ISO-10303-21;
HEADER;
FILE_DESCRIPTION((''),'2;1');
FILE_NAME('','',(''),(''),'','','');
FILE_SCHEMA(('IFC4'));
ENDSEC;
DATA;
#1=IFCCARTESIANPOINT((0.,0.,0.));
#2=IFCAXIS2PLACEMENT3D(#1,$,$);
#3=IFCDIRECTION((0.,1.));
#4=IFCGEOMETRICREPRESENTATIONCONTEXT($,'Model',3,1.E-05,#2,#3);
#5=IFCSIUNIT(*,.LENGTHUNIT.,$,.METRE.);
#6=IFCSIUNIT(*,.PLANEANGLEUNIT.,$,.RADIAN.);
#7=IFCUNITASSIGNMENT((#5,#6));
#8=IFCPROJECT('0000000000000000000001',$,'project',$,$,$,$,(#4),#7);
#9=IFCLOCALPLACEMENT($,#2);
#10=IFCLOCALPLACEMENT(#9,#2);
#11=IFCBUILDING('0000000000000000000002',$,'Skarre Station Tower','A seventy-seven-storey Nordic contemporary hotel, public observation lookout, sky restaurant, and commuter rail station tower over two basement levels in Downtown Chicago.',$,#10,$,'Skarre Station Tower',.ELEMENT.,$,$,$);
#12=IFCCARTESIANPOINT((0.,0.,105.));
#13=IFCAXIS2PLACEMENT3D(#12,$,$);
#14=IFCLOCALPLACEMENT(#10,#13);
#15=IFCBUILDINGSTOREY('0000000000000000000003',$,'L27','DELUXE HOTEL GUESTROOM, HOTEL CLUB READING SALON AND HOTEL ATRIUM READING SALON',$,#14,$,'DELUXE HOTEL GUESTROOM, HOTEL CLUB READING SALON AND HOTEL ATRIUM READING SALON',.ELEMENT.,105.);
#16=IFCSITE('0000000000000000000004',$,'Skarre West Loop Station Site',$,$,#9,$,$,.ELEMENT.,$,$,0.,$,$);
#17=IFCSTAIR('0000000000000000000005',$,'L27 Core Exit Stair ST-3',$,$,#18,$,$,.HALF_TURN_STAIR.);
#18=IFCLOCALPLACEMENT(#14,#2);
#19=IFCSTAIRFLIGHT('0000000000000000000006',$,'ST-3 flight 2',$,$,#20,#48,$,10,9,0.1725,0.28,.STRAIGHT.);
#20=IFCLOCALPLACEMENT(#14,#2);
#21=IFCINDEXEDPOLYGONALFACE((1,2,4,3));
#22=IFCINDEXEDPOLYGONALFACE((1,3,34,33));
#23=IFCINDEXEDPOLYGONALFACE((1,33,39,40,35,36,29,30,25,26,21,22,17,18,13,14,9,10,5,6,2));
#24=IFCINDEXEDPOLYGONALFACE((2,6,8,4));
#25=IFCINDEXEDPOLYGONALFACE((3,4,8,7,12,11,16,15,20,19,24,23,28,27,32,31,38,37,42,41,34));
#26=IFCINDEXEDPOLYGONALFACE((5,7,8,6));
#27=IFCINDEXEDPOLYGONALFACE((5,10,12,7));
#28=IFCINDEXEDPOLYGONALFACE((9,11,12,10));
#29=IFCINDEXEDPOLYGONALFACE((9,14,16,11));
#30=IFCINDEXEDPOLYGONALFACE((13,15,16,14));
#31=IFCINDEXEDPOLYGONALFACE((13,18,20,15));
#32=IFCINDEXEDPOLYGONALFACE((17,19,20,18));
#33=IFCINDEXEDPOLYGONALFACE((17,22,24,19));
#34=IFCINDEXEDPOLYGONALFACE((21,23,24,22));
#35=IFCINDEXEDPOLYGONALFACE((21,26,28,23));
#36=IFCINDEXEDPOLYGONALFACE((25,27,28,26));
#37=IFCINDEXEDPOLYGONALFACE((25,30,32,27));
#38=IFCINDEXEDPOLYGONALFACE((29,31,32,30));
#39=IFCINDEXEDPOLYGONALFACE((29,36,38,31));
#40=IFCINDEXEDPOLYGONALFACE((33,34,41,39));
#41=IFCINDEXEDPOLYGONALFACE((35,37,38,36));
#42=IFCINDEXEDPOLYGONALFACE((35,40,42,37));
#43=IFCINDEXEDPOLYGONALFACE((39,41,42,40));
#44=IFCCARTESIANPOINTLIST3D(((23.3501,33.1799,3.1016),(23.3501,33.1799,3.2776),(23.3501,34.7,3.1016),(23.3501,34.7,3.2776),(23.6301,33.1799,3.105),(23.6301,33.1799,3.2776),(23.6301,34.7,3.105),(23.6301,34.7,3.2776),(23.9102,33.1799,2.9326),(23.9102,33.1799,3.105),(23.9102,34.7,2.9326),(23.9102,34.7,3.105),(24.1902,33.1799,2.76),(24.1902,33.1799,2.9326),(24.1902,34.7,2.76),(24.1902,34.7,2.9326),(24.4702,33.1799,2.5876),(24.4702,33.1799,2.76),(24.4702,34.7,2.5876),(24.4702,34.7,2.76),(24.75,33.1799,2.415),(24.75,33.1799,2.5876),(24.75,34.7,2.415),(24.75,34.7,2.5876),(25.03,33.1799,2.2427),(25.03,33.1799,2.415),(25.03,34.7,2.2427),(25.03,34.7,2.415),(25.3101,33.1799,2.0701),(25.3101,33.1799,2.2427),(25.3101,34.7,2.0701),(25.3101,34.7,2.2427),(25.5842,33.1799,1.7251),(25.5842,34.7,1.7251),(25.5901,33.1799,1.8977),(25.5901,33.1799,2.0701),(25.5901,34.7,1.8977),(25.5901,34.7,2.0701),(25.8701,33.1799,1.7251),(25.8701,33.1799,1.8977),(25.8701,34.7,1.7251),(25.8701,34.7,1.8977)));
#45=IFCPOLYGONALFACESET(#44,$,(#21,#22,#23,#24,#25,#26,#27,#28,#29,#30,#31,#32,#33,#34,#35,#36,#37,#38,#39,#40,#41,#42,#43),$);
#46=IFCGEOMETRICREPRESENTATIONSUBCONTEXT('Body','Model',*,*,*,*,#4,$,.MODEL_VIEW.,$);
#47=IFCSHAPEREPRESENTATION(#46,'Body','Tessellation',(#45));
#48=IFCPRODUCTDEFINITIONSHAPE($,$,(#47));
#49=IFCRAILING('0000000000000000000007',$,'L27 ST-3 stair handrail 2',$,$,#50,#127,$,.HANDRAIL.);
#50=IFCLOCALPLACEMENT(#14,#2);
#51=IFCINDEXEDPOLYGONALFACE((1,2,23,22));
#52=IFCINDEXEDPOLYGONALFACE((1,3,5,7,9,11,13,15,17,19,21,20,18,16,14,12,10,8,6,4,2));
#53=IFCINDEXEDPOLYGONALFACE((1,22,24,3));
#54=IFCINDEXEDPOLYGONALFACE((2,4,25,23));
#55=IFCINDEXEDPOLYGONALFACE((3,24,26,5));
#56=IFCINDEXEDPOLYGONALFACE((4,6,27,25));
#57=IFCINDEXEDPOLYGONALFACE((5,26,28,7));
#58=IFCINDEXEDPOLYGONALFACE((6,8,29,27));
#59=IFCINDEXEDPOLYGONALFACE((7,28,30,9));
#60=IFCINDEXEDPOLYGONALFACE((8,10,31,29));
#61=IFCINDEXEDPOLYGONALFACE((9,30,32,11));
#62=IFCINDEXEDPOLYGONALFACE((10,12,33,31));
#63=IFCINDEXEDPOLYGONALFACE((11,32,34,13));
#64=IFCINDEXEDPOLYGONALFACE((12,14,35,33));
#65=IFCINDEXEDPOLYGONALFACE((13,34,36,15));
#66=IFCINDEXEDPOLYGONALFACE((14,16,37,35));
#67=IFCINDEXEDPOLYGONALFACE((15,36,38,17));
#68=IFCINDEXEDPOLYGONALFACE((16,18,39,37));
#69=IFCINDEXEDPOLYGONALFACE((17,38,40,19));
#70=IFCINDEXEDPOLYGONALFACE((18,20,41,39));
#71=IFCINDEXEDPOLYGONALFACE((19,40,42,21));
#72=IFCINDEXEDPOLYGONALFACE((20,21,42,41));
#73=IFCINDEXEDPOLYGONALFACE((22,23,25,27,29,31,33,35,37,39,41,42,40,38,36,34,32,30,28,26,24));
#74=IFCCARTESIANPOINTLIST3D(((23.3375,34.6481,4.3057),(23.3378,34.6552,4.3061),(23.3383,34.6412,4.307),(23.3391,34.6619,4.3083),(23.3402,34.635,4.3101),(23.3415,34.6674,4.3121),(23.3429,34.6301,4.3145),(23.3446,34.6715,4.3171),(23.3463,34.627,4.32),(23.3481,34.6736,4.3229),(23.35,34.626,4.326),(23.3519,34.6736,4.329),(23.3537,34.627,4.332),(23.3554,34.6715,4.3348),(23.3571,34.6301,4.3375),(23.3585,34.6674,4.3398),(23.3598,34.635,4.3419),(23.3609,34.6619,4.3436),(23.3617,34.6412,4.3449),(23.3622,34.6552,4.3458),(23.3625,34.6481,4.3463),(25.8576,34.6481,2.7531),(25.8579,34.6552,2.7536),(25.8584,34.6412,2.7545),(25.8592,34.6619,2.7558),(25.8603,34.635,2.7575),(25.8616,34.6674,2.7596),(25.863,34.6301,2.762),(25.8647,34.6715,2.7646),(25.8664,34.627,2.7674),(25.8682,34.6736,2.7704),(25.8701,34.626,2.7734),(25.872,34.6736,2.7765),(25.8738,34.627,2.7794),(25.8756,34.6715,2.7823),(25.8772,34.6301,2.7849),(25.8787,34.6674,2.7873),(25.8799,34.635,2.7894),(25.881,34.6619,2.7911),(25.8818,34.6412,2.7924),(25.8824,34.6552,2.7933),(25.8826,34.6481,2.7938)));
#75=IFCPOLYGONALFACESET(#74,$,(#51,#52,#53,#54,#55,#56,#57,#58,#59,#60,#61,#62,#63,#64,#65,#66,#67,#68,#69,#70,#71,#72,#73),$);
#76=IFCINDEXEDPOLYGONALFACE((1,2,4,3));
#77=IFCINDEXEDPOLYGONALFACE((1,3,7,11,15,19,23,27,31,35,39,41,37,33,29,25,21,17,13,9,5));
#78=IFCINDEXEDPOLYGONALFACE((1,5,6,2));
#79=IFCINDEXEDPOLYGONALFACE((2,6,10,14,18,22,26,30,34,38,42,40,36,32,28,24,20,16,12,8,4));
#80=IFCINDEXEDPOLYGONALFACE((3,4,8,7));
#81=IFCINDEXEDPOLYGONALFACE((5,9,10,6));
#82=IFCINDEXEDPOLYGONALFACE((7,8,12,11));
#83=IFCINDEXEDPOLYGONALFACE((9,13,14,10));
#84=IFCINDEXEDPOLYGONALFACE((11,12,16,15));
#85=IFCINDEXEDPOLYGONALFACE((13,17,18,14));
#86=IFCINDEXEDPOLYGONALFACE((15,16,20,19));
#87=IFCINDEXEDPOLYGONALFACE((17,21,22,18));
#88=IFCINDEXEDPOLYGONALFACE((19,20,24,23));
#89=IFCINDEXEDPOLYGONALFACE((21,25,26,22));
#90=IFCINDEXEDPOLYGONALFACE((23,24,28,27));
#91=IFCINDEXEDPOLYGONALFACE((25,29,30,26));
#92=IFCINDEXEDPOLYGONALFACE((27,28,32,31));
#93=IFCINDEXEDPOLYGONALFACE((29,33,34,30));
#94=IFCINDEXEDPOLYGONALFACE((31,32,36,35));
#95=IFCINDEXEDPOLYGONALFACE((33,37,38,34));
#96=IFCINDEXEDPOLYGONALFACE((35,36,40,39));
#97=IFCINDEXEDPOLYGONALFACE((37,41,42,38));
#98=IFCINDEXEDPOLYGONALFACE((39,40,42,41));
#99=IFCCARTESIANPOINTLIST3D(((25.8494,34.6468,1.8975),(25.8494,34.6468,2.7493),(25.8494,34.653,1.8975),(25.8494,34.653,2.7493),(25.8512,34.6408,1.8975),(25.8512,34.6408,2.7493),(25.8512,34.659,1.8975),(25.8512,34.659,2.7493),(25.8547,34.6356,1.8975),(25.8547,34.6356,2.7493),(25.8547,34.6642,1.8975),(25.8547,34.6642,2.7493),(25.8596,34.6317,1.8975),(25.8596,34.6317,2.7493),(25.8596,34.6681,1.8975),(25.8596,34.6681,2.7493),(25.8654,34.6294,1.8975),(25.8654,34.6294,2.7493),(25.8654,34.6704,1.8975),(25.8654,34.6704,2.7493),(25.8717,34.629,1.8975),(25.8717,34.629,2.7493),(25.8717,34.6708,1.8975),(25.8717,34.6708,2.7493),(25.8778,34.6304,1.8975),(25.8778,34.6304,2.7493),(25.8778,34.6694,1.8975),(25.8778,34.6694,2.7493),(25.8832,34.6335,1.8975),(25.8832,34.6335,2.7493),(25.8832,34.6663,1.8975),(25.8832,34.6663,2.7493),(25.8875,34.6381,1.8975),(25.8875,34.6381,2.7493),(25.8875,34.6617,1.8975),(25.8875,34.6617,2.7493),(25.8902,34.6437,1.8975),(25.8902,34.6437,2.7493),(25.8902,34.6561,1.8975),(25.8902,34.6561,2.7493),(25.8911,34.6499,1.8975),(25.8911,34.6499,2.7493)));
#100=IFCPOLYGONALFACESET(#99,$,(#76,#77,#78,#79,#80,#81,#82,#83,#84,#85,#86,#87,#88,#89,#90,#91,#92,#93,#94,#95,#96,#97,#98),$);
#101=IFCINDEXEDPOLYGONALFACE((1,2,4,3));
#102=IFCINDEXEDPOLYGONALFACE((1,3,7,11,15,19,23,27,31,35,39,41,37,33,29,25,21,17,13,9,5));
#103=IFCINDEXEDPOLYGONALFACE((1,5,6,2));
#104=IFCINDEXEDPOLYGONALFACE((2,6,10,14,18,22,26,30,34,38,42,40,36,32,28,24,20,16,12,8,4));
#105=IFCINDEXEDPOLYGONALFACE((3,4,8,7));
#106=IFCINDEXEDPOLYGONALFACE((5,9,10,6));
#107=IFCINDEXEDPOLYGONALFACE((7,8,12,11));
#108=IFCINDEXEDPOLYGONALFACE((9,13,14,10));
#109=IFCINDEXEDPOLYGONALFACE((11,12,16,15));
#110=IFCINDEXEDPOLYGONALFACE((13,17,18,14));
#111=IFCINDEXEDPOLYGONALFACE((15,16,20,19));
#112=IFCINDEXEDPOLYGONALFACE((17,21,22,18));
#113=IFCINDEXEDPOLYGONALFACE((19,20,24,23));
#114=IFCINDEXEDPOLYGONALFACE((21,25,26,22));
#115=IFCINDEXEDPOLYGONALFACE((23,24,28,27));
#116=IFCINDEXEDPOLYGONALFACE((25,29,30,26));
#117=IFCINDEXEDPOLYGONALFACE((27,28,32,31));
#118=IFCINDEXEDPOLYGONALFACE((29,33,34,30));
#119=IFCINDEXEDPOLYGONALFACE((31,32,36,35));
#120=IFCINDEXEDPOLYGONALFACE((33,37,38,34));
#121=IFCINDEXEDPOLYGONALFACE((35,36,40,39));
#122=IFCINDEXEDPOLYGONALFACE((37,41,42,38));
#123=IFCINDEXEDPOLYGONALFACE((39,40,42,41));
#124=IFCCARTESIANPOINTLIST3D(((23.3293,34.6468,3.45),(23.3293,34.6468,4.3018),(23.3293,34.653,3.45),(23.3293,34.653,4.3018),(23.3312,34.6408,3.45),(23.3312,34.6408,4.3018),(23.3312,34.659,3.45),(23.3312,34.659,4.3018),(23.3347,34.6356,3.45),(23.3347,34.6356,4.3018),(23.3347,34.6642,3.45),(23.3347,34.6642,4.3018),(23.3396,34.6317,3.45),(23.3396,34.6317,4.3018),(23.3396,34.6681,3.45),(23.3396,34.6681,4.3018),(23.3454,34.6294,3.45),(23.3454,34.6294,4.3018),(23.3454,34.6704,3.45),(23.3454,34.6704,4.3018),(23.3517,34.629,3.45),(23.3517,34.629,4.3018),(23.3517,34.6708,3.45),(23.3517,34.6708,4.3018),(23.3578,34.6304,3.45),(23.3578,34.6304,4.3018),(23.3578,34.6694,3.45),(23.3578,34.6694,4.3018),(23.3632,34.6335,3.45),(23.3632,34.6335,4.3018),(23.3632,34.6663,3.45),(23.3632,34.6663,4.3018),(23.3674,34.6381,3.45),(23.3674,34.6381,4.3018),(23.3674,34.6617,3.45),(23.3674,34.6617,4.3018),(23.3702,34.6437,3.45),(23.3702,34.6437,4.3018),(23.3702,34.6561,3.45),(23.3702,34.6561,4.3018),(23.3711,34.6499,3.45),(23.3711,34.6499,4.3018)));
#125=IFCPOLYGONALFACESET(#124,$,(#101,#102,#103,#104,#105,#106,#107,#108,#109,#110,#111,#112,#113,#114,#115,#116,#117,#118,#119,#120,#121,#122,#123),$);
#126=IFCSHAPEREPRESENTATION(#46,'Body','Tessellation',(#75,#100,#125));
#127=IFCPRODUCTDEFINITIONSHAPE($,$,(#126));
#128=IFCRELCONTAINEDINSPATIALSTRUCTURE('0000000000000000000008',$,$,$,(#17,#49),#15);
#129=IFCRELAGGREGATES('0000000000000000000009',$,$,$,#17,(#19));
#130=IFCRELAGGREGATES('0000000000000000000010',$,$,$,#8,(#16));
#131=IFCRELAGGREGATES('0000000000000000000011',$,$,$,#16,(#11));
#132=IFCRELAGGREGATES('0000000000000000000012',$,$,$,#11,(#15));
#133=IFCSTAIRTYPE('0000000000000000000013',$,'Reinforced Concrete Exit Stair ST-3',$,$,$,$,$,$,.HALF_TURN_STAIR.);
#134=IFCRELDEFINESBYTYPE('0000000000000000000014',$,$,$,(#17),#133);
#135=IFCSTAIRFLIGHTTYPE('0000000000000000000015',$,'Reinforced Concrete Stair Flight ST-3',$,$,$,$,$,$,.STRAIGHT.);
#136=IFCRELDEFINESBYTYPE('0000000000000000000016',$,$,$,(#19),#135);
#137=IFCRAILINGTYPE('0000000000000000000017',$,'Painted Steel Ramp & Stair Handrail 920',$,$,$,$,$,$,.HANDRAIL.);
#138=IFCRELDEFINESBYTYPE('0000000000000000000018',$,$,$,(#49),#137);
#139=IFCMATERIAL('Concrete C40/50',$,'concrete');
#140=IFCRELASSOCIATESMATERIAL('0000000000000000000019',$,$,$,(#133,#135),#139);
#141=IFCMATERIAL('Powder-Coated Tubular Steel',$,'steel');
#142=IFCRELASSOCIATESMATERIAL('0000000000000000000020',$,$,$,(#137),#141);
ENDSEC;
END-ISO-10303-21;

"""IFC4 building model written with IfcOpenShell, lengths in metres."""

from ifc_helpers import new_model, si_unit, direction, frame, origin, origin_2d, place, context, subcontext, project, spatial, polyline, circle, outline, extrude, material, type_object, element, aggregate, save


model = new_model("IFC4")

# Units and contexts
model_context = context("Model", 3, precision=1e-05, world=origin(), true_north=direction((0.0, 1.0)))
body_context = subcontext(model_context, "Body", "Model", "MODEL_VIEW")
ifc_project = project(units=[si_unit("LENGTHUNIT", "METRE"), si_unit("PLANEANGLEUNIT", "RADIAN")], contexts=[model_context])

# Site, building, storey
site_placement = place(None, origin())
site = spatial("IfcSite", under=ifc_project, at=site_placement, Name="Skarre West Loop Station Site", CompositionType="ELEMENT", RefElevation=0.0)
building_placement = place(site_placement, origin())
building = spatial("IfcBuilding", under=site, at=building_placement, Name="Skarre Station Tower", Description="A seventy-seven-storey Nordic contemporary hotel, public observation lookout, sky restaurant, and commuter rail station tower over two basement levels in Downtown Chicago.", LongName="Skarre Station Tower", CompositionType="ELEMENT")
storey_placement = place(building_placement, frame((0.0, 0.0, 105.0)))
storey = spatial("IfcBuildingStorey", under=building, at=storey_placement, Name="L27", Description="DELUXE HOTEL GUESTROOM, HOTEL CLUB READING SALON AND HOTEL ATRIUM READING SALON", LongName="DELUXE HOTEL GUESTROOM, HOTEL CLUB READING SALON AND HOTEL ATRIUM READING SALON", CompositionType="ELEMENT", Elevation=105.0)

# Stair, stair flight
ifc_material_1 = material(Name="Concrete C40/50", Category="concrete")
stair_type = type_object("IfcStairType", Name="Reinforced Concrete Exit Stair ST-3", PredefinedType="HALF_TURN_STAIR", material=ifc_material_1)
stair_placement = place(storey_placement, origin())
stair = element("IfcStair", 1, at=stair_placement, inside=storey, type_object=stair_type, Name="L27 Core Exit Stair ST-3", PredefinedType="HALF_TURN_STAIR")
stair_flight_type = type_object("IfcStairFlightType", Name="Reinforced Concrete Stair Flight ST-3", PredefinedType="STRAIGHT", material=ifc_material_1)
stair_flight_placement = place(storey_placement, frame((25.8701, 33.9399, 1.7251), z_axis=(0.0, 0.0, 1.0), x_axis=(-1.0, 0.0, 0.0)))
stair_flight = element("IfcStairFlight", 2, at=stair_flight_placement, type_object=stair_flight_type, Name="ST-3 flight 2", NumberOfRisers=10, NumberOfTreads=9, PredefinedType="STRAIGHT", RiserHeight=0.1725, TreadLength=0.28, context=body_context, shape_type="SweptSolid", body=[
    extrude(outline(polyline([(0.0, 0.0), (0.0, 0.1726), (0.28, 0.1726), (0.28, 0.345), (0.5601, 0.345), (0.5601, 0.5176), (0.8401, 0.5176), (0.8401, 0.6899), (1.1201, 0.6899), (1.1201, 0.8625), (1.3999, 0.8625), (1.3999, 1.0349), (1.6799, 1.0349), (1.6799, 1.2075), (1.96, 1.2075), (1.96, 1.3799), (2.24, 1.3799), (2.24, 1.5525), (2.52, 1.5525), (2.52, 1.7251), (2.52, 1.3765), (0.2859, 0.0), (0.0, 0.0)])), frame((0.0, 0.76, 0.0), z_axis=(0.0, -1.0, 0.0), x_axis=(1.0, 0.0, 0.0)), (0.0, 0.0, 1.0), 1.52),
])
aggregate(stair, [stair_flight])

# Railing
ifc_material_2 = material(Name="Powder-Coated Tubular Steel", Category="steel")
railing_type_1 = type_object("IfcRailingType", Name="Painted Steel Ramp & Stair Handrail 920", PredefinedType="HANDRAIL", material=ifc_material_2)
railing_1_placement = place(storey_placement, frame((25.8701, 34.6499, 1.8975)))
element("IfcRailing", 3, at=railing_1_placement, inside=storey, type_object=railing_type_1, Name="L27 ST-3 stair handrail 2", PredefinedType="HANDRAIL", context=body_context, shape_type="SweptSolid", body=[
    extrude(circle(Radius=0.0239, at=origin_2d()), frame((0.0, 0.0, 0.876), z_axis=(-0.8514, 0.0, 0.524516), x_axis=(0.0, -1.0, 0.0)), (0.0, 0.0, 1.0), 2.96),
    extrude(circle(Radius=0.021, at=origin_2d()), origin(), (0.0, 0.0, 1.0), 0.8518),
    extrude(circle(Radius=0.021, at=origin_2d()), frame((-2.52, 0.0, 1.5525)), (0.0, 0.0, 1.0), 0.8518),
])

save(model, "model.ifc")
